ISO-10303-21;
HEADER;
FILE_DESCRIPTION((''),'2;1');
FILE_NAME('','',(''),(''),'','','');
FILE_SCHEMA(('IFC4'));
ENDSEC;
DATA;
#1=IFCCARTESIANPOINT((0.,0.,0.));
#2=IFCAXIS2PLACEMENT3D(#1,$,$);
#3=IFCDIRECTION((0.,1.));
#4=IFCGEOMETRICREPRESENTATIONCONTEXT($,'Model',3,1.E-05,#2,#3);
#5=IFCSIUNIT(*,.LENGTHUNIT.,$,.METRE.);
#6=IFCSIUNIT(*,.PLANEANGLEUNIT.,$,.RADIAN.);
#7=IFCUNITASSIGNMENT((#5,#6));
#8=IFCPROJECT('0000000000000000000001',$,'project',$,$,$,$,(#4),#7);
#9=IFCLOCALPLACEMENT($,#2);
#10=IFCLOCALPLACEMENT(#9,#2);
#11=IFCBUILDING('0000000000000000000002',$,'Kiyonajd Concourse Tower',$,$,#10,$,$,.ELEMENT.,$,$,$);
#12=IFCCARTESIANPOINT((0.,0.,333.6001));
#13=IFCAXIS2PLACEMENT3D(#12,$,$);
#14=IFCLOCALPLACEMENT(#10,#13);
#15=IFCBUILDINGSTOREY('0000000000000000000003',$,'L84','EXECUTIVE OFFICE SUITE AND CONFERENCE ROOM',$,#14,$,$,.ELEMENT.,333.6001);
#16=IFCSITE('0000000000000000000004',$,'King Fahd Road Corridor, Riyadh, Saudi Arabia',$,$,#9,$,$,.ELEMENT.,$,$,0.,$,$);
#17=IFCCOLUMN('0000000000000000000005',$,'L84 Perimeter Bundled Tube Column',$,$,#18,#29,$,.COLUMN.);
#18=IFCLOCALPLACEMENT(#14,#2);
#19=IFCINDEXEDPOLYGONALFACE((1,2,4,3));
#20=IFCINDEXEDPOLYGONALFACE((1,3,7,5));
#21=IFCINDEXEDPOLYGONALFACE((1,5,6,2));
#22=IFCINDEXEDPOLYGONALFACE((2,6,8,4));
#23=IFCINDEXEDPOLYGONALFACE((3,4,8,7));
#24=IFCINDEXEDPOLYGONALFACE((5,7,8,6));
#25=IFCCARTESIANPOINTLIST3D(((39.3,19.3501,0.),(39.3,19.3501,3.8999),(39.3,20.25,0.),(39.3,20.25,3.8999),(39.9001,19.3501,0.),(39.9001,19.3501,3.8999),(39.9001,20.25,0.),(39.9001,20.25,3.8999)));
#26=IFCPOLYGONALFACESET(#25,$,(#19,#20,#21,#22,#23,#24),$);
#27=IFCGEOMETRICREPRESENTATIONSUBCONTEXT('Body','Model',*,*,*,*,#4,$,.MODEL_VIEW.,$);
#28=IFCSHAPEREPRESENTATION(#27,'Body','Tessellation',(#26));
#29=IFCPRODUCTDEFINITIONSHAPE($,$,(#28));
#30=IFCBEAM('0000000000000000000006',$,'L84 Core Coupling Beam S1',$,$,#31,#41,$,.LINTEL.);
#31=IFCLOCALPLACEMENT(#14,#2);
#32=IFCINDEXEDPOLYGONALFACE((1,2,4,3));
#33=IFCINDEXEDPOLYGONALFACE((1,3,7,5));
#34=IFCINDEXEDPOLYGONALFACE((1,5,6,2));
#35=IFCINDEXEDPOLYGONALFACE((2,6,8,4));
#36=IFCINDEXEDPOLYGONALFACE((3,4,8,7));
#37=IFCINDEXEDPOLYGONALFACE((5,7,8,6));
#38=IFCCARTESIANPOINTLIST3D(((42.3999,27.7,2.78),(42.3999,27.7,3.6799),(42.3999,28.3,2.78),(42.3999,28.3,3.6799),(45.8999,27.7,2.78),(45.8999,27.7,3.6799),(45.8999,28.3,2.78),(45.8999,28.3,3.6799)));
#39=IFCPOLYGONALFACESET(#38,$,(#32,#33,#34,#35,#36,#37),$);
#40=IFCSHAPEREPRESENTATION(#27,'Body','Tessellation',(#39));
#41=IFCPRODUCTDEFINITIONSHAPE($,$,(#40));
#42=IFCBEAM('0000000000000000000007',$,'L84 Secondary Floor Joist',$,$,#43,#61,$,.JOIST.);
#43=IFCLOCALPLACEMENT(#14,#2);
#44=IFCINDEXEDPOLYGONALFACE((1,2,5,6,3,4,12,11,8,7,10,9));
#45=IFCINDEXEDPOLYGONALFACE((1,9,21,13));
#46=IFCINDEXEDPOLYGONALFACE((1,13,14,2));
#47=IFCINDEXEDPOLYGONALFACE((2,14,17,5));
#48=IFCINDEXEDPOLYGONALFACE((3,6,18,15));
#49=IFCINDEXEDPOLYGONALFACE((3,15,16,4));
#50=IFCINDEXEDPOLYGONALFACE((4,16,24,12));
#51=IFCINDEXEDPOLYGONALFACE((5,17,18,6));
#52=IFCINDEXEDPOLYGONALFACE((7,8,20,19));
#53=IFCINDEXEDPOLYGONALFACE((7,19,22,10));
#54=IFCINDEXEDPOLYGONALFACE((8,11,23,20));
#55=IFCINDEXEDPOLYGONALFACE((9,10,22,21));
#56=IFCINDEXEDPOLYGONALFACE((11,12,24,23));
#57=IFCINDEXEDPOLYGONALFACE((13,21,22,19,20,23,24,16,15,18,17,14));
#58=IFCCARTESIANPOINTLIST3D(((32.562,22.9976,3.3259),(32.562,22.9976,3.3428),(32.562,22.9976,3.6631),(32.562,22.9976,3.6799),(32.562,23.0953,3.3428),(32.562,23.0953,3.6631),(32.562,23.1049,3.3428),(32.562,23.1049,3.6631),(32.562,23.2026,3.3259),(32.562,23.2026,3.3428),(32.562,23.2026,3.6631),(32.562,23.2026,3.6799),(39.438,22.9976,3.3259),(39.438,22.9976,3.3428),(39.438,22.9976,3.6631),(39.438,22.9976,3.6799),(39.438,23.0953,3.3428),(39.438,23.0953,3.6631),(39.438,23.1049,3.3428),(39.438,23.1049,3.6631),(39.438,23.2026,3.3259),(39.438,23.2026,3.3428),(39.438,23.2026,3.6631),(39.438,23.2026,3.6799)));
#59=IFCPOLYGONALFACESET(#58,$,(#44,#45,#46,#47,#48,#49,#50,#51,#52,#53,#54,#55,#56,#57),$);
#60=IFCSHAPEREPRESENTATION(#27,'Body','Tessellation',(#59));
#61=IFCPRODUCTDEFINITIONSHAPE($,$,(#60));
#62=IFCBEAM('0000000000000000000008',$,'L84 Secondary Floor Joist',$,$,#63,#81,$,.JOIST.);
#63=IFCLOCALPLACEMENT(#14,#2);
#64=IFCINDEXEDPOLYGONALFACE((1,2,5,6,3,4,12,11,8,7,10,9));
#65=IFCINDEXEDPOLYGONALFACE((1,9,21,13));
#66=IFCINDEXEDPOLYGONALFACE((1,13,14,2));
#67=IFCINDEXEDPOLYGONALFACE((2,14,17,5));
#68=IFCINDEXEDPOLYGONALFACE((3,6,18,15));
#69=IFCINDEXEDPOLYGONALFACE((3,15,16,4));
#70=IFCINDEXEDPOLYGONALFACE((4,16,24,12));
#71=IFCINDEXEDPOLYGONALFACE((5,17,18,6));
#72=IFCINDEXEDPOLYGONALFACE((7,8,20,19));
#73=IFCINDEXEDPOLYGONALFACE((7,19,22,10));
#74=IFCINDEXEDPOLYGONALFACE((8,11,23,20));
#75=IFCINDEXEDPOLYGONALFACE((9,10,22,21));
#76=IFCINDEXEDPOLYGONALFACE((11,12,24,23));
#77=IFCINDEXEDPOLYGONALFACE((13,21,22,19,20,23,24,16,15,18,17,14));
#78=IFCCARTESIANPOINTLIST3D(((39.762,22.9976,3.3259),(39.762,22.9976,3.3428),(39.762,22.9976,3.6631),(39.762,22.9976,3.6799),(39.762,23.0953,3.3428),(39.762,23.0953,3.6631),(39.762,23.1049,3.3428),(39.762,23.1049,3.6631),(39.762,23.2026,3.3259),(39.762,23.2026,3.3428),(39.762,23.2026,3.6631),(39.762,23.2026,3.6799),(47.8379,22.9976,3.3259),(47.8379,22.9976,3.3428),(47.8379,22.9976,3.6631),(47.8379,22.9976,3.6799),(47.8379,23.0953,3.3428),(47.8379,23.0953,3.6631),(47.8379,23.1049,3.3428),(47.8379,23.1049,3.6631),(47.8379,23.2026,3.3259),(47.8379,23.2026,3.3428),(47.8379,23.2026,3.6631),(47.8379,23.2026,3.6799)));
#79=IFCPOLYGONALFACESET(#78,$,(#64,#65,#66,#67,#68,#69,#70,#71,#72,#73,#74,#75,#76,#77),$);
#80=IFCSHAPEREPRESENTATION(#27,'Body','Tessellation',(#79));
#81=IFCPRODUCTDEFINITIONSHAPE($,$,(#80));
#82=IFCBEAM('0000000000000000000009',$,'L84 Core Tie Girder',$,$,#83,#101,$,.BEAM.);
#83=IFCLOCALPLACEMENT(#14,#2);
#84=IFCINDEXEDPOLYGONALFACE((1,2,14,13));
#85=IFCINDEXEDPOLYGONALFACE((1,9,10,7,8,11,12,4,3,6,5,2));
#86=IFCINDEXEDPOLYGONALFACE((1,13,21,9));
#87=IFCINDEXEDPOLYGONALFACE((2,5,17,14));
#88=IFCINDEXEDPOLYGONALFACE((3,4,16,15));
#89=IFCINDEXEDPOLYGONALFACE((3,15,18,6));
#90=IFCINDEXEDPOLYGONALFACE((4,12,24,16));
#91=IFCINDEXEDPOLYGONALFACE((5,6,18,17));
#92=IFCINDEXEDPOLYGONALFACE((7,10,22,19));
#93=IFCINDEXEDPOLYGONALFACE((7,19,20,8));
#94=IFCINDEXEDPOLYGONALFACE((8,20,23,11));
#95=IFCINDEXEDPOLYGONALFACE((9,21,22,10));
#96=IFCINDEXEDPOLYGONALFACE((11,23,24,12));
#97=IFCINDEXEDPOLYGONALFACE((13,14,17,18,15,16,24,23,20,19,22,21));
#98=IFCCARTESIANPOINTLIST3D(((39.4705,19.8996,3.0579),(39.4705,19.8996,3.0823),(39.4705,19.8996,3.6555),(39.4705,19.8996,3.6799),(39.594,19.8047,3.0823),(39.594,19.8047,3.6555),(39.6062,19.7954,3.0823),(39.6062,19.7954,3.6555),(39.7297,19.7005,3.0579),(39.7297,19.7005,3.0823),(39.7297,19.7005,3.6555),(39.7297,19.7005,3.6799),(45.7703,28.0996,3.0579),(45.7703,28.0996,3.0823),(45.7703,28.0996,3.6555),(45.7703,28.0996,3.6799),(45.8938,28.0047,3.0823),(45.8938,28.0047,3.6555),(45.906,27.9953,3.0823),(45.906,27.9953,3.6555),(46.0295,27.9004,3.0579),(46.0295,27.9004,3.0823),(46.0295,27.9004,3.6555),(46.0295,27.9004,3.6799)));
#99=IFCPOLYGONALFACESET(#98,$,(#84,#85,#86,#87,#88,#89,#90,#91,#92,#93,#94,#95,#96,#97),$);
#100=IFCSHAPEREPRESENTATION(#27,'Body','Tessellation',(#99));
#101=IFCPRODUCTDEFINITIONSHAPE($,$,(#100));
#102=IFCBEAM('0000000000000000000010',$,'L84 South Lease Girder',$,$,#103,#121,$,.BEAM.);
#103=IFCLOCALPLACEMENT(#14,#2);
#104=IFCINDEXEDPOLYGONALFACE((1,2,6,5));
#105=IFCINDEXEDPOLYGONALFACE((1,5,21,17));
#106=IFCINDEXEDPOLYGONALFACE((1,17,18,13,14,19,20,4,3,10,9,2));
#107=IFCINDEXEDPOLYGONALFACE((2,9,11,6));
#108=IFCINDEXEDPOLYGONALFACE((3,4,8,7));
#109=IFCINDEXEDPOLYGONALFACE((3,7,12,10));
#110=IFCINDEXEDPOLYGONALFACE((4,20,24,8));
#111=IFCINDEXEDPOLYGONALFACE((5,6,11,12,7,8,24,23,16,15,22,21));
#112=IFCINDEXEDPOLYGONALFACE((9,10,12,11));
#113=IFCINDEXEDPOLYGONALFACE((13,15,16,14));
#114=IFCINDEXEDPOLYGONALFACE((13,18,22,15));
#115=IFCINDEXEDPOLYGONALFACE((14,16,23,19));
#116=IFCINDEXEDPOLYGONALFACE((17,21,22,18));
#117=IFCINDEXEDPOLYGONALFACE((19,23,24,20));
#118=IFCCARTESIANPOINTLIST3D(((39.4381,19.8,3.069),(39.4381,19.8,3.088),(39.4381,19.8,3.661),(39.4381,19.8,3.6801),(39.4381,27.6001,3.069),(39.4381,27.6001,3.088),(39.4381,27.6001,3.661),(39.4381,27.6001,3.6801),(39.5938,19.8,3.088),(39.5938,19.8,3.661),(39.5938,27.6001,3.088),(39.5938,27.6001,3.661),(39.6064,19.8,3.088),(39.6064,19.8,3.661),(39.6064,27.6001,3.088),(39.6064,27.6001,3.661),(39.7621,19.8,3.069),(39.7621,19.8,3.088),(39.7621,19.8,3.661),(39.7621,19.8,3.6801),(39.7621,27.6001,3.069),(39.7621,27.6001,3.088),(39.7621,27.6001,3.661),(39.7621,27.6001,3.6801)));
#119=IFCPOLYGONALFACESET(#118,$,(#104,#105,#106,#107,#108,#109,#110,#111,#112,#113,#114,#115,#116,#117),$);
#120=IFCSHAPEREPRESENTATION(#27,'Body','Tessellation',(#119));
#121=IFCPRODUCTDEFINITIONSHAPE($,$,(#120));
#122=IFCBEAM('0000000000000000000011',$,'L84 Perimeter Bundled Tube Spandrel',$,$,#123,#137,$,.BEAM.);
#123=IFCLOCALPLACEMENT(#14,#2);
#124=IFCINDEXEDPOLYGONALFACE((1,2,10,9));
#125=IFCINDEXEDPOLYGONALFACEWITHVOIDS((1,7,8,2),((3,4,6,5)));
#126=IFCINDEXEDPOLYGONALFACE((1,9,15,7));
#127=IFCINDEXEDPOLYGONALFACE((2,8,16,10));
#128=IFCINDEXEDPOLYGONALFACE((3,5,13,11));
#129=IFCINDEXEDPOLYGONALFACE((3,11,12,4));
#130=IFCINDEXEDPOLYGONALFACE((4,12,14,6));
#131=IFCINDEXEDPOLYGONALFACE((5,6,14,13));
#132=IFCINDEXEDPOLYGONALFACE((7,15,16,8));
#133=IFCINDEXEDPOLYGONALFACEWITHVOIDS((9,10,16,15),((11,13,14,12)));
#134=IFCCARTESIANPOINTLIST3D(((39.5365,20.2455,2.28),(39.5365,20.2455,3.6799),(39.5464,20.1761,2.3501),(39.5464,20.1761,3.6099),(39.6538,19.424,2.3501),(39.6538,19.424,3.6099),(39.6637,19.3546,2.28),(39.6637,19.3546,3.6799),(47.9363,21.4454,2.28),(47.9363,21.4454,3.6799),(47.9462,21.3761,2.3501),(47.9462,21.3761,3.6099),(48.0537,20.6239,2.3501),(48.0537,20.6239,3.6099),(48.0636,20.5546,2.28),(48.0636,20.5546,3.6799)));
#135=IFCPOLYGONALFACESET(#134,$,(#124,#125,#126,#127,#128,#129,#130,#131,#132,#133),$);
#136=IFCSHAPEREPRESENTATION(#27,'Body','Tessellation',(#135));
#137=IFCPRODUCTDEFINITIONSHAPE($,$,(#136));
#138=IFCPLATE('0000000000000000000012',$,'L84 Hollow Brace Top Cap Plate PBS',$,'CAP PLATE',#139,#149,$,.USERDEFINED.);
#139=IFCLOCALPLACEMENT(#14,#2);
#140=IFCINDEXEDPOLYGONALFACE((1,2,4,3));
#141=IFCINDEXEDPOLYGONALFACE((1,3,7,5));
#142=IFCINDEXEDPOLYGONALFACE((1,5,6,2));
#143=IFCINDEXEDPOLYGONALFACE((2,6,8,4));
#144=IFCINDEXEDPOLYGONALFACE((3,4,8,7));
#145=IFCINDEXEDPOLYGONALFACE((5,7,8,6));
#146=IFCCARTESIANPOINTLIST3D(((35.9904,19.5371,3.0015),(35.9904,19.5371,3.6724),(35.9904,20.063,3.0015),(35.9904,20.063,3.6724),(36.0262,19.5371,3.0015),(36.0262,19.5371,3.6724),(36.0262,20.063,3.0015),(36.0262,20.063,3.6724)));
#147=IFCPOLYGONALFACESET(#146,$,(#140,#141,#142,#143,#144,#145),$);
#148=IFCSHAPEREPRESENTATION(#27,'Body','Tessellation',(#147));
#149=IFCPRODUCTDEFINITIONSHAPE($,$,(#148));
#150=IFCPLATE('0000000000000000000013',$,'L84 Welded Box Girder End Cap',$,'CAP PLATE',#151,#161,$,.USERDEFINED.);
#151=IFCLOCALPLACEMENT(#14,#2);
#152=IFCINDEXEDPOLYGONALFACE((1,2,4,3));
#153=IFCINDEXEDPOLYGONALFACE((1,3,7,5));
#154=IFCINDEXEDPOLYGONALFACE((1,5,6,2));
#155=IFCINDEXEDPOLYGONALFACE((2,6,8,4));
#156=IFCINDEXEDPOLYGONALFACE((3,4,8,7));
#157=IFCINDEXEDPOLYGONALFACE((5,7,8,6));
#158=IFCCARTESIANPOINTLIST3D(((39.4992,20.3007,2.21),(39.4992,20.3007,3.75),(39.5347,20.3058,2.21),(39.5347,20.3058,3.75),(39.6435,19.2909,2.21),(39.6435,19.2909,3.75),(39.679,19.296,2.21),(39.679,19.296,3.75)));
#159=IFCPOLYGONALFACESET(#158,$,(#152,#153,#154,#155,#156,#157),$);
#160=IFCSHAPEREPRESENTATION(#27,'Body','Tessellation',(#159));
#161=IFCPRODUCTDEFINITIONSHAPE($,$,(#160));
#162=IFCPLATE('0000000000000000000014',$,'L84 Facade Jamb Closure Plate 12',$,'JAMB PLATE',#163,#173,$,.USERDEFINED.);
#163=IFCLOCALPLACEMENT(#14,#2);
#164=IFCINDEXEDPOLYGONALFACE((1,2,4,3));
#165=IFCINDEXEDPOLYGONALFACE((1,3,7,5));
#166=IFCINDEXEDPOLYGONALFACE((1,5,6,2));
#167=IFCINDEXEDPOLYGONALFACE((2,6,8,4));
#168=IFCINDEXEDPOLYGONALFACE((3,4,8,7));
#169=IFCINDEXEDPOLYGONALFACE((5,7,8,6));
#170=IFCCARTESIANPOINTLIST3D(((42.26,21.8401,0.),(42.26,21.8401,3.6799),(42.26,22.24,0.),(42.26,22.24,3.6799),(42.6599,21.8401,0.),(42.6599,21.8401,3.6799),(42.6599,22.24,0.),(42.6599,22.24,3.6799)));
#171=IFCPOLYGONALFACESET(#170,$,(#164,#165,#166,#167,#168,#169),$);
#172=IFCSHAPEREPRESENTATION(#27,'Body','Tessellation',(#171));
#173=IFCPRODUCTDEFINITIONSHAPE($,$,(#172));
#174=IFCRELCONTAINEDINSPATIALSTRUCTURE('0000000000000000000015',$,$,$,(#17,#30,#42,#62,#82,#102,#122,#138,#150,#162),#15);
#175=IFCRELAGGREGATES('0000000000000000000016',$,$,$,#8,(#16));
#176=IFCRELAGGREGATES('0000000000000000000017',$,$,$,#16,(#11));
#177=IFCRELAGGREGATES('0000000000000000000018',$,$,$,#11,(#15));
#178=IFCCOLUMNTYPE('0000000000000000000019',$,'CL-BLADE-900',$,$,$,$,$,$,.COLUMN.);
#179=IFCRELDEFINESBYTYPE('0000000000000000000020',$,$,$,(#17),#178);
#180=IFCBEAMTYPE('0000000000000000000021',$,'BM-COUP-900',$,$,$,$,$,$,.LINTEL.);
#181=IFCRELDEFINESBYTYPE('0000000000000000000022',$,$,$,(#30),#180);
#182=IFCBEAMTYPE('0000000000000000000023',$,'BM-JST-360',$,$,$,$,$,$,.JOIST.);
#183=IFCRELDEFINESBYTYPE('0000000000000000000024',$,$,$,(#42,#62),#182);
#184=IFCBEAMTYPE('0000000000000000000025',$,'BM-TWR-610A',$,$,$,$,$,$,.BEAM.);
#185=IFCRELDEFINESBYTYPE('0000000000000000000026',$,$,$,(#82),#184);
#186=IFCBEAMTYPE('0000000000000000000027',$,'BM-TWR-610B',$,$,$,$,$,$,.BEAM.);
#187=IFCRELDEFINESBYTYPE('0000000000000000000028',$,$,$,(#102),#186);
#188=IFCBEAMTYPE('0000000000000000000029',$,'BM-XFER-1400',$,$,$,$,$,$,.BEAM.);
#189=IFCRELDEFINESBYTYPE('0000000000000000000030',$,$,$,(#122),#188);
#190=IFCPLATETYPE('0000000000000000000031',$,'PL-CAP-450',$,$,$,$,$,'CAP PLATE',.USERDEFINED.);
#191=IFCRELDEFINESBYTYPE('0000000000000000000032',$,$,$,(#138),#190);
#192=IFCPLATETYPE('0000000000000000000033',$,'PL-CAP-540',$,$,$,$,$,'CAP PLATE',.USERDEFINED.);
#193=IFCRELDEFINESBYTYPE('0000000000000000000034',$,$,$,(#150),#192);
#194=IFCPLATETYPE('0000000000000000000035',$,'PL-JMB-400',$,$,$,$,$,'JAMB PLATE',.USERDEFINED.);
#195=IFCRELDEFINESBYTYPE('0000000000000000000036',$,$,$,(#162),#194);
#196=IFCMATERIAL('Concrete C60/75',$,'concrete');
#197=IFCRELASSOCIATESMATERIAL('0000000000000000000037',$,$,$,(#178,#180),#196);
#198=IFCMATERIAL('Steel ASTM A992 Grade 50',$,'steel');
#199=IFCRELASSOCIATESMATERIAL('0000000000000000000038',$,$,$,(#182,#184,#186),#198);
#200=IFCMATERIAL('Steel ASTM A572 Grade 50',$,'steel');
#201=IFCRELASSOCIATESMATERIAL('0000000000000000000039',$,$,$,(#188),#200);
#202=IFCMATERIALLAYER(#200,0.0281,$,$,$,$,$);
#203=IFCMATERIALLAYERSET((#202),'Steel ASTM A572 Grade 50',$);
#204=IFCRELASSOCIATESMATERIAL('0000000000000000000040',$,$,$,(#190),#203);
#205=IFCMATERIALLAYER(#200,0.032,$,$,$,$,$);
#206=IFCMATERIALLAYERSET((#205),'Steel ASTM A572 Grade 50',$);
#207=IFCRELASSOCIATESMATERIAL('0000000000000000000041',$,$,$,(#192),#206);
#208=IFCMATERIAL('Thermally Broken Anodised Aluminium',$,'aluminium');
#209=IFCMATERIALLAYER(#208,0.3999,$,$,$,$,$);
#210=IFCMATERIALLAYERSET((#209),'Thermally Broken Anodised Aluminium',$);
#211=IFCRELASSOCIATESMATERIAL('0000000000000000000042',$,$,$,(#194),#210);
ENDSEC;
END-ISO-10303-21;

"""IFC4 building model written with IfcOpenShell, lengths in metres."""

from ifc_helpers import new_model, si_unit, direction, frame, origin, origin_2d, place, context, subcontext, project, spatial, rectangle, hollow_rectangle, i_section, extrude, material, layer, layer_set, material_profile, profile_set, type_object, element, save


model = new_model("IFC4")

# Units and contexts
model_context = context("Model", 3, precision=1e-05, world=origin(), true_north=direction((0.0, 1.0)))
body_context = subcontext(model_context, "Body", "Model", "MODEL_VIEW")
ifc_project = project(units=[si_unit("LENGTHUNIT", "METRE"), si_unit("PLANEANGLEUNIT", "RADIAN")], contexts=[model_context])

# Site, building, storey
site_placement = place(None, origin())
site = spatial("IfcSite", under=ifc_project, at=site_placement, Name="King Fahd Road Corridor, Riyadh, Saudi Arabia", CompositionType="ELEMENT", RefElevation=0.0)
building_placement = place(site_placement, origin())
building = spatial("IfcBuilding", under=site, at=building_placement, Name="Kiyonajd Concourse Tower", CompositionType="ELEMENT")
storey_placement = place(building_placement, frame((0.0, 0.0, 333.6001)))
storey = spatial("IfcBuildingStorey", under=building, at=storey_placement, Name="L84", Description="EXECUTIVE OFFICE SUITE AND CONFERENCE ROOM", CompositionType="ELEMENT", Elevation=333.6001)

# Column
ifc_material_1 = material(Name="Concrete C60/75", Category="concrete")
ifc_material_profile_1 = material_profile(ifc_material_1, rectangle(XDim=0.6001, YDim=0.8999, at=origin_2d()), Name="RC-900x600")
ifc_profile_set_1 = profile_set([ifc_material_profile_1], Name="Concrete C60/75")
column_type = type_object("IfcColumnType", Name="CL-BLADE-900", PredefinedType="COLUMN", material=ifc_profile_set_1)
column_placement = place(storey_placement, frame((39.6001, 19.8, 0.0), z_axis=(0.0, 0.0, 1.0), x_axis=(1.0, 0.0, 0.0)))
element("IfcColumn", 1, at=column_placement, inside=storey, type_object=column_type, Name="L84 Perimeter Bundled Tube Column", PredefinedType="COLUMN", context=body_context, shape_type="SweptSolid", body=[
    extrude(rectangle(XDim=0.6001, YDim=0.8999, at=origin_2d()), origin(), (0.0, 0.0, 1.0), 3.8999),
])

# Beams
ifc_material_profile_2 = material_profile(ifc_material_1, rectangle(XDim=0.6001, YDim=0.8999, at=origin_2d()), Name="RCBM-600x900")
ifc_profile_set_2 = profile_set([ifc_material_profile_2], Name="Concrete C60/75")
beam_type_1 = type_object("IfcBeamType", Name="BM-COUP-900", PredefinedType="LINTEL", material=ifc_profile_set_2)
beam_1_placement = place(storey_placement, frame((42.3999, 28.0, 3.23), z_axis=(1.0, 0.0, 0.0), x_axis=(0.0, 1.0, 0.0)))
element("IfcBeam", 2, at=beam_1_placement, inside=storey, type_object=beam_type_1, Name="L84 Core Coupling Beam S1", PredefinedType="LINTEL", context=body_context, shape_type="SweptSolid", body=[
    extrude(rectangle(XDim=0.6001, YDim=0.8999, at=origin_2d()), origin(), (0.0, 0.0, 1.0), 3.5),
])
ifc_material_2 = material(Name="Steel ASTM A992 Grade 50", Category="steel")
ifc_material_profile_3 = material_profile(ifc_material_2, i_section(OverallWidth=0.2051, OverallDepth=0.354, WebThickness=0.0095, FlangeThickness=0.0168, at=origin_2d()), Name="W360X79")
ifc_profile_set_3 = profile_set([ifc_material_profile_3], Name="Steel ASTM A992 Grade 50")
beam_type_2 = type_object("IfcBeamType", Name="BM-JST-360", PredefinedType="JOIST", material=ifc_profile_set_3)
beam_2_placement = place(storey_placement, frame((32.562, 23.1001, 3.5029), z_axis=(1.0, 0.0, 0.0), x_axis=(0.0, 1.0, 0.0)))
element("IfcBeam", 3, at=beam_2_placement, inside=storey, type_object=beam_type_2, Name="L84 Secondary Floor Joist", PredefinedType="JOIST", context=body_context, shape_type="SweptSolid", body=[
    extrude(i_section(OverallWidth=0.2051, OverallDepth=0.354, WebThickness=0.0095, FlangeThickness=0.0168, at=origin_2d()), origin(), (0.0, 0.0, 1.0), 6.876),
])
beam_3_placement = place(storey_placement, frame((39.762, 23.1001, 3.5029), z_axis=(1.0, 0.0, 0.0), x_axis=(0.0, 1.0, 0.0)))
element("IfcBeam", 4, at=beam_3_placement, inside=storey, type_object=beam_type_2, Name="L84 Secondary Floor Joist", PredefinedType="JOIST", context=body_context, shape_type="SweptSolid", body=[
    extrude(i_section(OverallWidth=0.2051, OverallDepth=0.354, WebThickness=0.0095, FlangeThickness=0.0168, at=origin_2d()), origin(), (0.0, 0.0, 1.0), 8.0759),
])
ifc_material_profile_4 = material_profile(ifc_material_2, i_section(OverallWidth=0.3269, OverallDepth=0.6221, WebThickness=0.0154, FlangeThickness=0.0244, at=origin_2d()), Name="W610X195")
ifc_profile_set_4 = profile_set([ifc_material_profile_4], Name="Steel ASTM A992 Grade 50")
beam_type_3 = type_object("IfcBeamType", Name="BM-TWR-610A", PredefinedType="BEAM", material=ifc_profile_set_4)
beam_4_placement = place(storey_placement, frame((39.6001, 19.8, 3.3689), z_axis=(0.609234, 0.792991, 0.0), x_axis=(-0.792991, 0.609234, 0.0)))
element("IfcBeam", 5, at=beam_4_placement, inside=storey, type_object=beam_type_3, Name="L84 Core Tie Girder", PredefinedType="BEAM", context=body_context, shape_type="SweptSolid", body=[
    extrude(i_section(OverallWidth=0.3269, OverallDepth=0.6221, WebThickness=0.0154, FlangeThickness=0.0244, at=origin_2d()), origin(), (0.0, 0.0, 1.0), 10.3406),
])
ifc_material_profile_5 = material_profile(ifc_material_2, i_section(OverallWidth=0.324, OverallDepth=0.6111, WebThickness=0.0127, FlangeThickness=0.019, at=origin_2d()), Name="W610X155")
ifc_profile_set_5 = profile_set([ifc_material_profile_5], Name="Steel ASTM A992 Grade 50")
beam_type_4 = type_object("IfcBeamType", Name="BM-TWR-610B", PredefinedType="BEAM", material=ifc_profile_set_5)
beam_5_placement = place(storey_placement, frame((39.6001, 19.8, 3.3745), z_axis=(0.0, 1.0, 0.0), x_axis=(-1.0, 0.0, 0.0)))
element("IfcBeam", 6, at=beam_5_placement, inside=storey, type_object=beam_type_4, Name="L84 South Lease Girder", PredefinedType="BEAM", context=body_context, shape_type="SweptSolid", body=[
    extrude(i_section(OverallWidth=0.324, OverallDepth=0.6111, WebThickness=0.0127, FlangeThickness=0.019, at=origin_2d()), origin(), (0.0, 0.0, 1.0), 7.8),
])
ifc_material_3 = material(Name="Steel ASTM A572 Grade 50", Category="steel")
ifc_material_profile_6 = material_profile(ifc_material_3, hollow_rectangle(XDim=0.8999, YDim=1.3999, WallThickness=0.0701, at=origin_2d()), Name="BOX-1400x900x70")
ifc_profile_set_6 = profile_set([ifc_material_profile_6], Name="Steel ASTM A572 Grade 50")
beam_type_5 = type_object("IfcBeamType", Name="BM-XFER-1400", PredefinedType="BEAM", material=ifc_profile_set_6)
beam_6_placement = place(storey_placement, frame((39.6001, 19.8, 2.98), z_axis=(0.98995, 0.141417, 0.0), x_axis=(-0.141417, 0.98995, 0.0)))
element("IfcBeam", 7, at=beam_6_placement, inside=storey, type_object=beam_type_5, Name="L84 Perimeter Bundled Tube Spandrel", PredefinedType="BEAM", context=body_context, shape_type="SweptSolid", body=[
    extrude(hollow_rectangle(XDim=0.8999, YDim=1.3999, WallThickness=0.0701, at=origin_2d()), origin(), (0.0, 0.0, 1.0), 8.4851),
])

# Plates
ifc_layer_1 = layer(ifc_material_3, 0.0281)
ifc_layer_set_1 = layer_set([ifc_layer_1], Name="Steel ASTM A572 Grade 50")
plate_type_1 = type_object("IfcPlateType", Name="PL-CAP-450", ElementType="CAP PLATE", PredefinedType="USERDEFINED", material=ifc_layer_set_1)
plate_1_placement = place(storey_placement, frame((36.0083, 19.8, 3.0015), z_axis=(0.0, 0.0, 1.0), x_axis=(1.0, 0.0, 0.0)))
element("IfcPlate", 8, at=plate_1_placement, inside=storey, type_object=plate_type_1, Name="L84 Hollow Brace Top Cap Plate PBS", ObjectType="CAP PLATE", PredefinedType="USERDEFINED", context=body_context, shape_type="SweptSolid", body=[
    extrude(rectangle(XDim=0.0359, YDim=0.5259, at=origin_2d()), origin(), (0.0, 0.0, 1.0), 0.6709),
])
ifc_layer_2 = layer(ifc_material_3, 0.032)
ifc_layer_set_2 = layer_set([ifc_layer_2], Name="Steel ASTM A572 Grade 50")
plate_type_2 = type_object("IfcPlateType", Name="PL-CAP-540", ElementType="CAP PLATE", PredefinedType="USERDEFINED", material=ifc_layer_set_2)
plate_2_placement = place(storey_placement, frame((39.5891, 19.7983, 2.21), z_axis=(0.0, 0.0, 1.0), x_axis=(-0.98995, -0.14142, 0.0)))
element("IfcPlate", 9, at=plate_2_placement, inside=storey, type_object=plate_type_2, Name="L84 Welded Box Girder End Cap", ObjectType="CAP PLATE", PredefinedType="USERDEFINED", context=body_context, shape_type="SweptSolid", body=[
    extrude(rectangle(XDim=0.0359, YDim=1.02, at=origin_2d()), origin(), (0.0, 0.0, 1.0), 1.54),
])
ifc_material_4 = material(Name="Thermally Broken Anodised Aluminium", Category="aluminium")
ifc_layer_3 = layer(ifc_material_4, 0.3999)
ifc_layer_set_3 = layer_set([ifc_layer_3], Name="Thermally Broken Anodised Aluminium")
plate_type_3 = type_object("IfcPlateType", Name="PL-JMB-400", ElementType="JAMB PLATE", PredefinedType="USERDEFINED", material=ifc_layer_set_3)
plate_3_placement = place(storey_placement, frame((42.46, 22.04, 0.0), z_axis=(0.0, 0.0, 1.0), x_axis=(1.0, 0.0, 0.0)))
element("IfcPlate", 10, at=plate_3_placement, inside=storey, type_object=plate_type_3, Name="L84 Facade Jamb Closure Plate 12", ObjectType="JAMB PLATE", PredefinedType="USERDEFINED", context=body_context, shape_type="SweptSolid", body=[
    extrude(rectangle(XDim=0.3999, YDim=0.3999, at=origin_2d()), origin(), (0.0, 0.0, 1.0), 3.6799),
])

save(model, "model.ifc")
